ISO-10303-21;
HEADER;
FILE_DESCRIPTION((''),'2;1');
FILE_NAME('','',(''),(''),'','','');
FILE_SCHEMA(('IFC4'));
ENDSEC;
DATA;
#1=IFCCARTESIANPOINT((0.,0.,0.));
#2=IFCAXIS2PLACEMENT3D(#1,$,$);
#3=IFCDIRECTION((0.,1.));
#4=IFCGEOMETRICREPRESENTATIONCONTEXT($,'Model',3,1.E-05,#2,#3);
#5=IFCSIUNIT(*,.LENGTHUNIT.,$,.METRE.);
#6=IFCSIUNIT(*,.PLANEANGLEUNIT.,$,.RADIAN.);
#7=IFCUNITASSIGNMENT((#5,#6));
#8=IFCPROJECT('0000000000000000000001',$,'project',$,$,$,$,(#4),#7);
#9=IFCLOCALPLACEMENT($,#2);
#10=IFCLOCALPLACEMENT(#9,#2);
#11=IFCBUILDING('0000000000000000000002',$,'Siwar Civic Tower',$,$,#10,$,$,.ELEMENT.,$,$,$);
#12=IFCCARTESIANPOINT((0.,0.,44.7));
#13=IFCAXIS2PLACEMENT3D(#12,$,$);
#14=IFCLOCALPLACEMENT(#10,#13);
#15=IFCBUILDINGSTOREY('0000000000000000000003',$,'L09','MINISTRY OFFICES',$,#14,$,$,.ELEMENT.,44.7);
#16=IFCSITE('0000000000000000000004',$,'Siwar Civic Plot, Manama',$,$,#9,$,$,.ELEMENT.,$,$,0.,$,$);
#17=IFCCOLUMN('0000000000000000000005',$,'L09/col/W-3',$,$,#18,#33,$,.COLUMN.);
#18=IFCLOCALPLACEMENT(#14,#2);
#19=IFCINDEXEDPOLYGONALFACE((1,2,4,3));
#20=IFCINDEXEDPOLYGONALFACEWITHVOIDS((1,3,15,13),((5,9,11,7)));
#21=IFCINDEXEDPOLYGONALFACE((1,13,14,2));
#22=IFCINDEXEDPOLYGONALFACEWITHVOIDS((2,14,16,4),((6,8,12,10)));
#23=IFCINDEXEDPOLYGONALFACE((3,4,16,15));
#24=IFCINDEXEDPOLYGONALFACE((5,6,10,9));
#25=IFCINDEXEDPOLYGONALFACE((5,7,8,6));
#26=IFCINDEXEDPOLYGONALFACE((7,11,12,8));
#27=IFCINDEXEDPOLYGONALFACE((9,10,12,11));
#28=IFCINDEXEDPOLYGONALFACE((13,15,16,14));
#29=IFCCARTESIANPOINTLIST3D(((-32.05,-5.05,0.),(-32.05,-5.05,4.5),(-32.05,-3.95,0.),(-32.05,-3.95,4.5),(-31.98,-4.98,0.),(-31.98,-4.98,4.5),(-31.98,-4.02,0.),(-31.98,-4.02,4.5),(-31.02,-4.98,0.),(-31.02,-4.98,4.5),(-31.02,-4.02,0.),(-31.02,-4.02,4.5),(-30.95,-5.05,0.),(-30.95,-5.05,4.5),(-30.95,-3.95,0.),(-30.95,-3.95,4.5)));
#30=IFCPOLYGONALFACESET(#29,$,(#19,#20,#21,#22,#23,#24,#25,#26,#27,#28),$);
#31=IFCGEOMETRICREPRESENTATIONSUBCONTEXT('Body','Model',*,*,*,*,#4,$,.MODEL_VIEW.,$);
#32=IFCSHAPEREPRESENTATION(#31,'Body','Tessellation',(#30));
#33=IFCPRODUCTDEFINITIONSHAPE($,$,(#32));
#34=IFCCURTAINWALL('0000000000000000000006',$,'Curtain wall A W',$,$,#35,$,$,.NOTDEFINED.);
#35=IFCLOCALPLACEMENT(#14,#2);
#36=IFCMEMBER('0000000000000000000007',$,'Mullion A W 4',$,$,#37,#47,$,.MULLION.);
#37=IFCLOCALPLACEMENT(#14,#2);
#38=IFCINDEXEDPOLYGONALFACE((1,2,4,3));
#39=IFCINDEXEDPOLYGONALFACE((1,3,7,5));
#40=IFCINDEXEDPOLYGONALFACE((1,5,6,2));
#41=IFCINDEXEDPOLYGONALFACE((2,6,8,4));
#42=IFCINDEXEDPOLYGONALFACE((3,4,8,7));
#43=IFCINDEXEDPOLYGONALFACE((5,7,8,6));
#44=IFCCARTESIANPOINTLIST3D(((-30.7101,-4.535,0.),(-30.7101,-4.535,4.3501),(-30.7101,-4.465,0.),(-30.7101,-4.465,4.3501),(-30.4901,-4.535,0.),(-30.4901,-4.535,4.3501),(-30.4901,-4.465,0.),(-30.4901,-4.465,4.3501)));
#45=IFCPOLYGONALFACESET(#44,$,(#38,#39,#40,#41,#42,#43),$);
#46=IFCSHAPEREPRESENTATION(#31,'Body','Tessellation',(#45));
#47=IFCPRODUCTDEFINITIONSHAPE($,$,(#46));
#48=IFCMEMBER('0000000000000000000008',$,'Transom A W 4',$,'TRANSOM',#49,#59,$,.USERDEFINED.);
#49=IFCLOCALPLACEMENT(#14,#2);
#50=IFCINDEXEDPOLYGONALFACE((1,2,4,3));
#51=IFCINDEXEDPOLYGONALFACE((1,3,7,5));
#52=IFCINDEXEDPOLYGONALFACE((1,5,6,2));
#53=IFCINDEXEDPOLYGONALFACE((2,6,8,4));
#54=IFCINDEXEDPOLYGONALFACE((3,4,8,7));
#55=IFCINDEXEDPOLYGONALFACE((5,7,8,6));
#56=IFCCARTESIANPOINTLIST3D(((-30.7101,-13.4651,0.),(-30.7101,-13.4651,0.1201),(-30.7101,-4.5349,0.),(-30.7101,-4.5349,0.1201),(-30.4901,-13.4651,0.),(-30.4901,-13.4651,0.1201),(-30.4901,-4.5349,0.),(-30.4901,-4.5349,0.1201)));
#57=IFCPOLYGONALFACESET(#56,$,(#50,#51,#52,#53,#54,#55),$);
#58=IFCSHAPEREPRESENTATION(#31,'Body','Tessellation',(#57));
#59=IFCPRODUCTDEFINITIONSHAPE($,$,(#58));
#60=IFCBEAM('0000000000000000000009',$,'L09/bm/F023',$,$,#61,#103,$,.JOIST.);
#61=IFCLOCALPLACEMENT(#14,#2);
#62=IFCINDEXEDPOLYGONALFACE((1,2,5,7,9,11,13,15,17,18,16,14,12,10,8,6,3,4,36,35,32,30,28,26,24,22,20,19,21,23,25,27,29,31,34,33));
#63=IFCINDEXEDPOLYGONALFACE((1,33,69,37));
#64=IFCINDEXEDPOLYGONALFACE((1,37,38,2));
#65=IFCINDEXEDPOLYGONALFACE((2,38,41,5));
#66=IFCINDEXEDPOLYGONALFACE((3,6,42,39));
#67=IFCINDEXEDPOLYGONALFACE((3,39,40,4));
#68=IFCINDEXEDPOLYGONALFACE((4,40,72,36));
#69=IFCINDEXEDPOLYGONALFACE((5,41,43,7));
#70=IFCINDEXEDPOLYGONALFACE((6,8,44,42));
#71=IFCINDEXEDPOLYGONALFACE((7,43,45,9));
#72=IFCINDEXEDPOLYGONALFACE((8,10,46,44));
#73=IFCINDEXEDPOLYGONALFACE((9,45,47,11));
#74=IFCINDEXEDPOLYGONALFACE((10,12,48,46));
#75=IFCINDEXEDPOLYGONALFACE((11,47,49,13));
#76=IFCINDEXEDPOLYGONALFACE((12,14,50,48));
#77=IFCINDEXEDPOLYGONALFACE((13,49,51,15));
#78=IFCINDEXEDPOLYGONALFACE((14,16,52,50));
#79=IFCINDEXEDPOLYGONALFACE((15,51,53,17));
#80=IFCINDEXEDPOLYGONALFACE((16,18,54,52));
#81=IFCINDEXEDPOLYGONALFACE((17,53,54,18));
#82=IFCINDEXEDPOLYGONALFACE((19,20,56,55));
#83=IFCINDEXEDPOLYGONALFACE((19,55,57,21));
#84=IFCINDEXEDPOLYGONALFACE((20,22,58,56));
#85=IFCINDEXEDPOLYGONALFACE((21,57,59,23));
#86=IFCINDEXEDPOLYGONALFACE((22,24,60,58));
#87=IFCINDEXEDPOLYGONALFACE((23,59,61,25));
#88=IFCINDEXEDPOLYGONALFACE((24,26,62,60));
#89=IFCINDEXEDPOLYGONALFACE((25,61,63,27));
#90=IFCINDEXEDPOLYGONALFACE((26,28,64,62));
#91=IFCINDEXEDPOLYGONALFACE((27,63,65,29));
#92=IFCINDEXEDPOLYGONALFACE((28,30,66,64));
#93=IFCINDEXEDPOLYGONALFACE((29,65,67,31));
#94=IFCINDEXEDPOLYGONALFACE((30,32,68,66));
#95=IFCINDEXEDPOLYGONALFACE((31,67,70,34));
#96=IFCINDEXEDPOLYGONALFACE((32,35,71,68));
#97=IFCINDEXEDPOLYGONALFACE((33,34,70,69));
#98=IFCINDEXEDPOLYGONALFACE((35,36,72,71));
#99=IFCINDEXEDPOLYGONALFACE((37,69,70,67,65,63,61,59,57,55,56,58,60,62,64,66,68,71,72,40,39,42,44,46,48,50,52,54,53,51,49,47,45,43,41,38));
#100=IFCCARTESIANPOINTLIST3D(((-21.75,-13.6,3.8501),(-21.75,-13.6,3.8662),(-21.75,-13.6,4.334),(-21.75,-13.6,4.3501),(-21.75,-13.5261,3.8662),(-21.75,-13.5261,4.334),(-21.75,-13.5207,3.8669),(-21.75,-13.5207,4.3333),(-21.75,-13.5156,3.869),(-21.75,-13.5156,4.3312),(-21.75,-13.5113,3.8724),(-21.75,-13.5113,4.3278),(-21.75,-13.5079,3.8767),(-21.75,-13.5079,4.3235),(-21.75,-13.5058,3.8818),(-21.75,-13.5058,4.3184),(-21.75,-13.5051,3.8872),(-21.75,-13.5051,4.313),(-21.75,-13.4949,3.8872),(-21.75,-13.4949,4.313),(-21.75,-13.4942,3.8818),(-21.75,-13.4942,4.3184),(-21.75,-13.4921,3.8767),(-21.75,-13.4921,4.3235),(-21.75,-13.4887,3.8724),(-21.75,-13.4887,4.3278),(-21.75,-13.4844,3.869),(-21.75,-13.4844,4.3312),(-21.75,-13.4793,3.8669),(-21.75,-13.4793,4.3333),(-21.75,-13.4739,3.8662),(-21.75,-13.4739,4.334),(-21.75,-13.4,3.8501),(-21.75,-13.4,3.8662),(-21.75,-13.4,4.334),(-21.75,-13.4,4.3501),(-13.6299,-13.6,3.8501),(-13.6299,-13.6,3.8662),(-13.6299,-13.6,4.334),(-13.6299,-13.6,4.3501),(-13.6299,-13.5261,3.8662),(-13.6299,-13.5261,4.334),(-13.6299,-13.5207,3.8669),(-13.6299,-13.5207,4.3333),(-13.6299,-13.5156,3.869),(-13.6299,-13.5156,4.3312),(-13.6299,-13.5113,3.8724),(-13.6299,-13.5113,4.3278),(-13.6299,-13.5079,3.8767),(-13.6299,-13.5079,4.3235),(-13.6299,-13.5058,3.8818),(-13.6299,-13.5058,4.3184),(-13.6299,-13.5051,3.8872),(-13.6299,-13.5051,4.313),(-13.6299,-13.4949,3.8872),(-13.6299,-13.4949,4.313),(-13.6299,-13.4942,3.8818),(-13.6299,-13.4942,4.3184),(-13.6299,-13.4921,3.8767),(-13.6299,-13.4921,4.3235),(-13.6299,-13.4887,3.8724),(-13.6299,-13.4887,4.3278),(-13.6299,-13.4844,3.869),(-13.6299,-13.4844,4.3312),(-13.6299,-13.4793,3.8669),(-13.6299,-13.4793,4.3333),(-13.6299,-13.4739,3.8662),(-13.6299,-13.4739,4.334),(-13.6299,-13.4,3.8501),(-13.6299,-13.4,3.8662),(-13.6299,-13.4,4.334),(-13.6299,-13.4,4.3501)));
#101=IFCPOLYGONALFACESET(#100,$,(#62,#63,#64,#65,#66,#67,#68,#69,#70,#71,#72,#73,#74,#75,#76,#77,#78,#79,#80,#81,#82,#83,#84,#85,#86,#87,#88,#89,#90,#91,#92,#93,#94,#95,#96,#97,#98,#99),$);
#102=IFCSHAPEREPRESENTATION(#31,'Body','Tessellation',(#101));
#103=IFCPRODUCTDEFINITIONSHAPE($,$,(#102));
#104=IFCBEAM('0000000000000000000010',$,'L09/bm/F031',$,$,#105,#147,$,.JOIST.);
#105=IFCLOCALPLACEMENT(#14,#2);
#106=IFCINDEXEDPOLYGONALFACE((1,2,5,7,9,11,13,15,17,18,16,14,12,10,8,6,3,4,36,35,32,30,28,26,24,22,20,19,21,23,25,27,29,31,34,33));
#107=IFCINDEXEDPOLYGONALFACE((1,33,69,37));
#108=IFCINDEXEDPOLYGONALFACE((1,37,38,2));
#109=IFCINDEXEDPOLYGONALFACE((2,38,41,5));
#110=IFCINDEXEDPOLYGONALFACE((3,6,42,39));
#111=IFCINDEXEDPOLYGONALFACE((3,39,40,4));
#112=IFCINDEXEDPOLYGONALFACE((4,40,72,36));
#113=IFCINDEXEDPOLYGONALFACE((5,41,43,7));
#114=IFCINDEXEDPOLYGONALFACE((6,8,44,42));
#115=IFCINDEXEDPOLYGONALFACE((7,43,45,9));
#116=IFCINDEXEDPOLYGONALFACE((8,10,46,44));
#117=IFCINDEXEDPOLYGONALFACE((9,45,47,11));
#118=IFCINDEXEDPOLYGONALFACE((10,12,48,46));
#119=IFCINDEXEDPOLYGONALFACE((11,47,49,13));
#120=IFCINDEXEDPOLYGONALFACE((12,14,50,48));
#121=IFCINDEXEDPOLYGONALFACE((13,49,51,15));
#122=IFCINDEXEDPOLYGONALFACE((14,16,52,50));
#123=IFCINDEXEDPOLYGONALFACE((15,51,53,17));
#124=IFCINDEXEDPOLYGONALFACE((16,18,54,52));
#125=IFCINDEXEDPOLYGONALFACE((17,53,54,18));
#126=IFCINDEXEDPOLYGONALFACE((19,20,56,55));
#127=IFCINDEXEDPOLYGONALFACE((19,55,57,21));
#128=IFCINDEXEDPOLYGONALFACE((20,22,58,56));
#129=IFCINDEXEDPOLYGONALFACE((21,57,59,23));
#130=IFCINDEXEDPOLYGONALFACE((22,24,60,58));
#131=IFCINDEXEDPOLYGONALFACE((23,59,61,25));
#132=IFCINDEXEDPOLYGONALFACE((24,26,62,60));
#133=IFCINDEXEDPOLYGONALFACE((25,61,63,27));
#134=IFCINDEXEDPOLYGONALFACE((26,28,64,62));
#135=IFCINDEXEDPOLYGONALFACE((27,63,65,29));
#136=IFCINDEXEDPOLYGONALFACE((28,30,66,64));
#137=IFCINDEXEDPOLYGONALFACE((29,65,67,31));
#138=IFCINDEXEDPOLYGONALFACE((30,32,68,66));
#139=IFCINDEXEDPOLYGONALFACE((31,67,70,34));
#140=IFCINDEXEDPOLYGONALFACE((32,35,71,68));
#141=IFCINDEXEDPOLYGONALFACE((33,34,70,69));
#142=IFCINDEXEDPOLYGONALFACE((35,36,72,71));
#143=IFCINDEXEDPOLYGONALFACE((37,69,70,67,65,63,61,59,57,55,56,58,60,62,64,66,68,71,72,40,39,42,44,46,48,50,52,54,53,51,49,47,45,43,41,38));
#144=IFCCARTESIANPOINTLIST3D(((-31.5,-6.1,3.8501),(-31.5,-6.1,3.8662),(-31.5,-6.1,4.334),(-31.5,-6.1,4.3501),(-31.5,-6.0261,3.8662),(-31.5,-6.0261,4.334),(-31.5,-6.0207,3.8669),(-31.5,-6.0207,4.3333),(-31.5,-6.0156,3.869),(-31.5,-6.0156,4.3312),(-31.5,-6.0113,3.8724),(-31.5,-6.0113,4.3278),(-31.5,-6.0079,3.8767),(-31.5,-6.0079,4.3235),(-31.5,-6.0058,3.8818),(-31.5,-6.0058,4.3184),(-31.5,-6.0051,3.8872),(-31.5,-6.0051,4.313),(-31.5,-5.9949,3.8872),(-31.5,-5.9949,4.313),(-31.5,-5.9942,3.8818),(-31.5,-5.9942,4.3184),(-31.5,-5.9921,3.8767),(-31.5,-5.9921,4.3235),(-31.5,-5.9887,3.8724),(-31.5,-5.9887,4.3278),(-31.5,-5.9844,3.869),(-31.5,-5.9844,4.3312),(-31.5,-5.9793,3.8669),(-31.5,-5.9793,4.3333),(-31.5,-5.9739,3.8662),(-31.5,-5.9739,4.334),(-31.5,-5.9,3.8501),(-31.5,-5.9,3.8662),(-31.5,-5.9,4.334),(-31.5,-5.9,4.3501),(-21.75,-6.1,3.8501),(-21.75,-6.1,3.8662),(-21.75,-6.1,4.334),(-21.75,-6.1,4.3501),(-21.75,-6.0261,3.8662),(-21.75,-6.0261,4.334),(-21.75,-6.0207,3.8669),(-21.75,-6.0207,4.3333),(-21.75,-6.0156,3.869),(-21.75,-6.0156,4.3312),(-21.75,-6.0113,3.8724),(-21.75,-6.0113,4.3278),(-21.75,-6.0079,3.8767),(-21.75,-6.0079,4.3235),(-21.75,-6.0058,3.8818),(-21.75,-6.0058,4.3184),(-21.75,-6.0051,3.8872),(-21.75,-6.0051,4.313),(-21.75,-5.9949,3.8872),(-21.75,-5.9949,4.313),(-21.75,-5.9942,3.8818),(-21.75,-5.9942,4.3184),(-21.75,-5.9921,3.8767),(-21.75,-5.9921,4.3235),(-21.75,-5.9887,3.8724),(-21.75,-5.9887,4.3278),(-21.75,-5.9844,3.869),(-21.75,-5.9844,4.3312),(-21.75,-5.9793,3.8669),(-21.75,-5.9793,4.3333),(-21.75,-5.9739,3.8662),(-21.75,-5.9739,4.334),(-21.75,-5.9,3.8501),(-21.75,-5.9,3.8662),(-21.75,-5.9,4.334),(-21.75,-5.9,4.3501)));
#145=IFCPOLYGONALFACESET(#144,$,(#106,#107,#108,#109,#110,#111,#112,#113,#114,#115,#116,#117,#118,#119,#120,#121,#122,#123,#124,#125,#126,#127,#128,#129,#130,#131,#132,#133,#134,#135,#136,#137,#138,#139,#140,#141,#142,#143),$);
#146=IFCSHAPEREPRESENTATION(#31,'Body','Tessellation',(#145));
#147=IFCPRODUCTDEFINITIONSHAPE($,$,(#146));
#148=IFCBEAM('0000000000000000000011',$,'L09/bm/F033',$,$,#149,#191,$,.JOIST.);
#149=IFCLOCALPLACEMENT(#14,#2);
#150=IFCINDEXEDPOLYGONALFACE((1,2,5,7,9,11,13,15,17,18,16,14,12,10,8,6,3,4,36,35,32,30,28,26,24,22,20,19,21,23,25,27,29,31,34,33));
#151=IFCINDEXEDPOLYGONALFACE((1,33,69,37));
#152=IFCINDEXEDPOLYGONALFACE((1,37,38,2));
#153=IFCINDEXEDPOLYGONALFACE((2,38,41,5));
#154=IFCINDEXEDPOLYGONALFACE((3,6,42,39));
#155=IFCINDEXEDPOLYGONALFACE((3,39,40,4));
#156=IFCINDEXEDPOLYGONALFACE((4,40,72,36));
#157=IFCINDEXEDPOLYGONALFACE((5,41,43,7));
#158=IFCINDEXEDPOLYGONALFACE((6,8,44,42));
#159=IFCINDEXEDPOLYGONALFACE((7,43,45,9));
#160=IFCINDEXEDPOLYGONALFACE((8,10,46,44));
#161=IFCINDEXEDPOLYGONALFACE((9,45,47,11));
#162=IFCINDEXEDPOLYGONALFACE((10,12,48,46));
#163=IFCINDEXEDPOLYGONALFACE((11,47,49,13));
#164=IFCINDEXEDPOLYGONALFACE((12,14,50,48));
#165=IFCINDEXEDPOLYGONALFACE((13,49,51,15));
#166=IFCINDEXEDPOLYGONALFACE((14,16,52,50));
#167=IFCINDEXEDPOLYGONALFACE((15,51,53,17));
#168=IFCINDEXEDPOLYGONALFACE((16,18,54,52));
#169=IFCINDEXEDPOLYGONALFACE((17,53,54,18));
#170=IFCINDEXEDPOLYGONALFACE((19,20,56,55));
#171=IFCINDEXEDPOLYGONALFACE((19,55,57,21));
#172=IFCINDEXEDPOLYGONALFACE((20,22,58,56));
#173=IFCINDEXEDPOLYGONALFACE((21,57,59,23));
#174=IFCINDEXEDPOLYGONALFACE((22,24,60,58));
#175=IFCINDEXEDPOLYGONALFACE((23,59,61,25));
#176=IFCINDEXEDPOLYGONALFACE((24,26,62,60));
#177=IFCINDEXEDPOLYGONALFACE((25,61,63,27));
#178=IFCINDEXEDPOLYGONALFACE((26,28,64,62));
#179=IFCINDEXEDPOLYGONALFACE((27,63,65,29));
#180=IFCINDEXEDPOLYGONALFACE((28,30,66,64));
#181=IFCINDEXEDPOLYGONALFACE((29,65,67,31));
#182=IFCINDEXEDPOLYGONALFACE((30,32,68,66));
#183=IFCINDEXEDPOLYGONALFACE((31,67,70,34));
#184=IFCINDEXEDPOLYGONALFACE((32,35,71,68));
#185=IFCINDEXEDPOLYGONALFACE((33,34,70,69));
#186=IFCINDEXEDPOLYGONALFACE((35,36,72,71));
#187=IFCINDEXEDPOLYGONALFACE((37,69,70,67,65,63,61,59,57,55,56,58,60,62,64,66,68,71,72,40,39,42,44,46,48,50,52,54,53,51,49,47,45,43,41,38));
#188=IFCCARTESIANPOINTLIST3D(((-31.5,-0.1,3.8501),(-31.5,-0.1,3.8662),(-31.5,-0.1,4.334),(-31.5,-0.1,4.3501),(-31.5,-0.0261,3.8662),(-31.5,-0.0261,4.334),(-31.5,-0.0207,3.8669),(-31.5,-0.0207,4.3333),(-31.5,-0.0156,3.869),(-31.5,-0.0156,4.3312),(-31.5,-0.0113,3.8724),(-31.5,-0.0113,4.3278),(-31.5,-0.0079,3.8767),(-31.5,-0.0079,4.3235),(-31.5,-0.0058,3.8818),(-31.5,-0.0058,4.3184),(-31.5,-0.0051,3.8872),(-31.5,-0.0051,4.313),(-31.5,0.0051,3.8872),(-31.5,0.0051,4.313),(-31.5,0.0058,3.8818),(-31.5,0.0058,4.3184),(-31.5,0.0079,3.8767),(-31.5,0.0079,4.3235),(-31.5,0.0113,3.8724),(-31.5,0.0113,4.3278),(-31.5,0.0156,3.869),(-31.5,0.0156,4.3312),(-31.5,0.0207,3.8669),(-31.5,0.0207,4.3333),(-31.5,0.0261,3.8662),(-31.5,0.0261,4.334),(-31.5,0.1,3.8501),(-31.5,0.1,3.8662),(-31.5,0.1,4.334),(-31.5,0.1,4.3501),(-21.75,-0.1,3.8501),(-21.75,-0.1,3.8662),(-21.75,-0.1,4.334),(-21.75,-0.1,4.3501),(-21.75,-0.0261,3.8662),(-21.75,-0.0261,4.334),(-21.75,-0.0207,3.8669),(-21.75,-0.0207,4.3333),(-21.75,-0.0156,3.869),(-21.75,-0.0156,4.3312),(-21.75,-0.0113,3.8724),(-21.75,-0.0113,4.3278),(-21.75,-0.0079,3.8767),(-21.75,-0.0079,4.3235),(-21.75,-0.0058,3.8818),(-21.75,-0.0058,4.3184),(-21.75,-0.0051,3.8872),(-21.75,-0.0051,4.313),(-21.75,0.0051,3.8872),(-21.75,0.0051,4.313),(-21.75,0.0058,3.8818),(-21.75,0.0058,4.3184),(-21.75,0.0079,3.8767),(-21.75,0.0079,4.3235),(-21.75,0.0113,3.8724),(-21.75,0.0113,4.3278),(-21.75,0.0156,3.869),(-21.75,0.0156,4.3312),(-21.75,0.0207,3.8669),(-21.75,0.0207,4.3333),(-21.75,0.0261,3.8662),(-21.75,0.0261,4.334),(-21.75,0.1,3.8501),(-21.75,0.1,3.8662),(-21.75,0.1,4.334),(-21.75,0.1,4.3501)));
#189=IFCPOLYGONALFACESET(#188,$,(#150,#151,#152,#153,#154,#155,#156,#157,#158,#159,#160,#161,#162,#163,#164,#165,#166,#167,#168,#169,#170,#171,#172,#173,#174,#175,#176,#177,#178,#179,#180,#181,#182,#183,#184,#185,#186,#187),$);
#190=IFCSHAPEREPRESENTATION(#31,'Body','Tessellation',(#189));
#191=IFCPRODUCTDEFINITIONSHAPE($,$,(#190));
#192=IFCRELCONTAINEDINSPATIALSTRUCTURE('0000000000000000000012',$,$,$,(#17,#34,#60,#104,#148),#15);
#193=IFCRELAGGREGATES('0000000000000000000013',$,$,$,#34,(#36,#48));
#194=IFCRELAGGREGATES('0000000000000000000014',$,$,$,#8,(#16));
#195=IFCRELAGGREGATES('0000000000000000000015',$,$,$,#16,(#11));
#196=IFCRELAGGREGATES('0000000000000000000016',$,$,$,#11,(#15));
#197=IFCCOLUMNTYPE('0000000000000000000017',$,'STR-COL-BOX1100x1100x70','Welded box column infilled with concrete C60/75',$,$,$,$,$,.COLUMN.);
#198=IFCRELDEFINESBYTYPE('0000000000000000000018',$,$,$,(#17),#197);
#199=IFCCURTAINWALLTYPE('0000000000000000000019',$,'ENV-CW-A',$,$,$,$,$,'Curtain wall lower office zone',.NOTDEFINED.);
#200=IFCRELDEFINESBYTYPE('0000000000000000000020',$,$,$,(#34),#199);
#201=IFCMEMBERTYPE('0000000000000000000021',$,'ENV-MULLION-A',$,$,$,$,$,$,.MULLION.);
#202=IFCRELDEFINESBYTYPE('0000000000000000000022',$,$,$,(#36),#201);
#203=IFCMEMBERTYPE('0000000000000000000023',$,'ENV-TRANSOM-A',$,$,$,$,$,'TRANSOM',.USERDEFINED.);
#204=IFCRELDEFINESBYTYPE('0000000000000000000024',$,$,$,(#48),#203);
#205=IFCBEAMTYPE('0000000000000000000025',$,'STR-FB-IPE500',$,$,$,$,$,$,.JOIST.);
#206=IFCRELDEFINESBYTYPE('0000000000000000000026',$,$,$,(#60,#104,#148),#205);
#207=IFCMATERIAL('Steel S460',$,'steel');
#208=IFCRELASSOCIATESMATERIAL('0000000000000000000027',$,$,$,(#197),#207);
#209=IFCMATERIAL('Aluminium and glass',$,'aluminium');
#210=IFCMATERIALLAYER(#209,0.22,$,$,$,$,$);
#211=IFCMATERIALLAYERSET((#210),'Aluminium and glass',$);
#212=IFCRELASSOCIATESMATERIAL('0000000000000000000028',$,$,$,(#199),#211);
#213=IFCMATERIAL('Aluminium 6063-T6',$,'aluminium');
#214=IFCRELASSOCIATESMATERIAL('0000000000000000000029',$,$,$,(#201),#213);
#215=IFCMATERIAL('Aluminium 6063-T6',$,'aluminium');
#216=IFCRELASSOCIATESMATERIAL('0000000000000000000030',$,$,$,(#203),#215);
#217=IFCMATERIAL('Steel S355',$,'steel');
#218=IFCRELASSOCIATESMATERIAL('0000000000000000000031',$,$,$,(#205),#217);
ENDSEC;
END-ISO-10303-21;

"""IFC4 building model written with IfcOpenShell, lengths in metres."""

from ifc_helpers import new_model, si_unit, direction, frame, origin, origin_2d, place, context, subcontext, project, spatial, rectangle, hollow_rectangle, i_section, extrude, material, layer, layer_set, material_profile, profile_set, type_object, element, aggregate, save


model = new_model("IFC4")

# Units and contexts
model_context = context("Model", 3, precision=1e-05, world=origin(), true_north=direction((0.0, 1.0)))
body_context = subcontext(model_context, "Body", "Model", "MODEL_VIEW")
ifc_project = project(units=[si_unit("LENGTHUNIT", "METRE"), si_unit("PLANEANGLEUNIT", "RADIAN")], contexts=[model_context])

# Site, building, storey
site_placement = place(None, origin())
site = spatial("IfcSite", under=ifc_project, at=site_placement, Name="Siwar Civic Plot, Manama", CompositionType="ELEMENT", RefElevation=0.0)
building_placement = place(site_placement, origin())
building = spatial("IfcBuilding", under=site, at=building_placement, Name="Siwar Civic Tower", CompositionType="ELEMENT")
storey_placement = place(building_placement, frame((0.0, 0.0, 44.7)))
storey = spatial("IfcBuildingStorey", under=building, at=storey_placement, Name="L09", Description="MINISTRY OFFICES", CompositionType="ELEMENT", Elevation=44.7)

# Column
ifc_material_1 = material(Name="Steel S460", Category="steel")
ifc_material_profile_1 = material_profile(ifc_material_1, hollow_rectangle(XDim=1.1001, YDim=1.1001, WallThickness=0.0701, at=origin_2d()), Name="BOX1100x1100x70")
ifc_profile_set_1 = profile_set([ifc_material_profile_1], Name="Steel S460")
column_type = type_object("IfcColumnType", Name="STR-COL-BOX1100x1100x70", Description="Welded box column infilled with concrete C60/75", PredefinedType="COLUMN", material=ifc_profile_set_1)
column_placement = place(storey_placement, frame((-31.5, -4.5, 0.0), z_axis=(0.0, 0.0, 1.0), x_axis=(1.0, 0.0, 0.0)))
element("IfcColumn", 1, at=column_placement, inside=storey, type_object=column_type, Name="L09/col/W-3", PredefinedType="COLUMN", context=body_context, shape_type="SweptSolid", body=[
    extrude(hollow_rectangle(XDim=1.1001, YDim=1.1001, WallThickness=0.0701, at=origin_2d()), origin(), (0.0, 0.0, 1.0), 4.5),
])

# Curtain wall, members
ifc_material_2 = material(Name="Aluminium and glass", Category="aluminium")
ifc_layer_1 = layer(ifc_material_2, 0.22)
ifc_layer_set_1 = layer_set([ifc_layer_1], Name="Aluminium and glass")
curtain_wall_type = type_object("IfcCurtainWallType", Name="ENV-CW-A", ElementType="Curtain wall lower office zone", PredefinedType="NOTDEFINED", material=ifc_layer_set_1)
curtain_wall_placement = place(storey_placement, origin())
curtain_wall = element("IfcCurtainWall", 2, at=curtain_wall_placement, inside=storey, type_object=curtain_wall_type, Name="Curtain wall A W", PredefinedType="NOTDEFINED")
ifc_material_3 = material(Name="Aluminium 6063-T6", Category="aluminium")
ifc_material_profile_2 = material_profile(ifc_material_3, rectangle(XDim=0.22, YDim=0.0701, at=origin_2d()), Name="AL 220x70")
ifc_profile_set_2 = profile_set([ifc_material_profile_2], Name="Aluminium 6063-T6")
member_type_1 = type_object("IfcMemberType", Name="ENV-MULLION-A", PredefinedType="MULLION", material=ifc_profile_set_2)
member_1_placement = place(storey_placement, frame((-30.6001, -4.5, 0.0), z_axis=(0.0, 0.0, 1.0), x_axis=(1.0, 0.0, 0.0)))
member_1 = element("IfcMember", 3, at=member_1_placement, type_object=member_type_1, Name="Mullion A W 4", PredefinedType="MULLION", context=body_context, shape_type="SweptSolid", body=[
    extrude(rectangle(XDim=0.22, YDim=0.0701, at=origin_2d()), origin(), (0.0, 0.0, 1.0), 4.3501),
])
ifc_material_4 = material(Name="Aluminium 6063-T6", Category="aluminium")
ifc_material_profile_3 = material_profile(ifc_material_4, rectangle(XDim=0.22, YDim=0.1201, at=origin_2d()), Name="AL 220x120")
ifc_profile_set_3 = profile_set([ifc_material_profile_3], Name="Aluminium 6063-T6")
member_type_2 = type_object("IfcMemberType", Name="ENV-TRANSOM-A", ElementType="TRANSOM", PredefinedType="USERDEFINED", material=ifc_profile_set_3)
member_2_placement = place(storey_placement, frame((-30.6001, -4.5349, 0.0601), z_axis=(0.0, -1.0, 0.0), x_axis=(1.0, 0.0, 0.0)))
member_2 = element("IfcMember", 4, at=member_2_placement, type_object=member_type_2, Name="Transom A W 4", ObjectType="TRANSOM", PredefinedType="USERDEFINED", context=body_context, shape_type="SweptSolid", body=[
    extrude(rectangle(XDim=0.22, YDim=0.1201, at=origin_2d()), origin(), (0.0, 0.0, 1.0), 8.9302),
])

# Beams
ifc_material_5 = material(Name="Steel S355", Category="steel")
ifc_material_profile_4 = material_profile(ifc_material_5, i_section(OverallWidth=0.2, OverallDepth=0.5, WebThickness=0.0103, FlangeThickness=0.0161, FilletRadius=0.021, at=origin_2d()), Name="IPE500")
ifc_profile_set_4 = profile_set([ifc_material_profile_4], Name="Steel S355")
beam_type_1 = type_object("IfcBeamType", Name="STR-FB-IPE500", PredefinedType="JOIST", material=ifc_profile_set_4)
beam_1_placement = place(storey_placement, frame((-21.75, -13.5, 4.1001), z_axis=(1.0, 0.0, 0.0), x_axis=(0.0, 1.0, 0.0)))
element("IfcBeam", 5, at=beam_1_placement, inside=storey, type_object=beam_type_1, Name="L09/bm/F023", PredefinedType="JOIST", context=body_context, shape_type="SweptSolid", body=[
    extrude(i_section(OverallWidth=0.2, OverallDepth=0.5, WebThickness=0.0103, FlangeThickness=0.0161, FilletRadius=0.021, at=origin_2d()), origin(), (0.0, 0.0, 1.0), 8.1201),
])
for number, where, z_axis, x_axis, name in (
    (6, (-31.5, -6.0, 4.1001), (1.0, 0.0, 0.0), (0.0, 1.0, 0.0), "L09/bm/F031"),
    (7, (-31.5, 0.0, 4.1001), (1.0, 0.0, 0.0), (0.0, 1.0, 0.0), "L09/bm/F033"),
):
    element("IfcBeam", number, at=place(storey_placement, frame(where, z_axis=z_axis, x_axis=x_axis)), inside=storey, type_object=beam_type_1, Name=name, PredefinedType="JOIST", context=body_context, shape_type="SweptSolid", body=[
        extrude(i_section(OverallWidth=0.2, OverallDepth=0.5, WebThickness=0.0103, FlangeThickness=0.0161, FilletRadius=0.021, at=origin_2d()), origin(), (0.0, 0.0, 1.0), 9.75),
    ])

aggregate(curtain_wall, [member_1, member_2])

save(model, "model.ifc")
